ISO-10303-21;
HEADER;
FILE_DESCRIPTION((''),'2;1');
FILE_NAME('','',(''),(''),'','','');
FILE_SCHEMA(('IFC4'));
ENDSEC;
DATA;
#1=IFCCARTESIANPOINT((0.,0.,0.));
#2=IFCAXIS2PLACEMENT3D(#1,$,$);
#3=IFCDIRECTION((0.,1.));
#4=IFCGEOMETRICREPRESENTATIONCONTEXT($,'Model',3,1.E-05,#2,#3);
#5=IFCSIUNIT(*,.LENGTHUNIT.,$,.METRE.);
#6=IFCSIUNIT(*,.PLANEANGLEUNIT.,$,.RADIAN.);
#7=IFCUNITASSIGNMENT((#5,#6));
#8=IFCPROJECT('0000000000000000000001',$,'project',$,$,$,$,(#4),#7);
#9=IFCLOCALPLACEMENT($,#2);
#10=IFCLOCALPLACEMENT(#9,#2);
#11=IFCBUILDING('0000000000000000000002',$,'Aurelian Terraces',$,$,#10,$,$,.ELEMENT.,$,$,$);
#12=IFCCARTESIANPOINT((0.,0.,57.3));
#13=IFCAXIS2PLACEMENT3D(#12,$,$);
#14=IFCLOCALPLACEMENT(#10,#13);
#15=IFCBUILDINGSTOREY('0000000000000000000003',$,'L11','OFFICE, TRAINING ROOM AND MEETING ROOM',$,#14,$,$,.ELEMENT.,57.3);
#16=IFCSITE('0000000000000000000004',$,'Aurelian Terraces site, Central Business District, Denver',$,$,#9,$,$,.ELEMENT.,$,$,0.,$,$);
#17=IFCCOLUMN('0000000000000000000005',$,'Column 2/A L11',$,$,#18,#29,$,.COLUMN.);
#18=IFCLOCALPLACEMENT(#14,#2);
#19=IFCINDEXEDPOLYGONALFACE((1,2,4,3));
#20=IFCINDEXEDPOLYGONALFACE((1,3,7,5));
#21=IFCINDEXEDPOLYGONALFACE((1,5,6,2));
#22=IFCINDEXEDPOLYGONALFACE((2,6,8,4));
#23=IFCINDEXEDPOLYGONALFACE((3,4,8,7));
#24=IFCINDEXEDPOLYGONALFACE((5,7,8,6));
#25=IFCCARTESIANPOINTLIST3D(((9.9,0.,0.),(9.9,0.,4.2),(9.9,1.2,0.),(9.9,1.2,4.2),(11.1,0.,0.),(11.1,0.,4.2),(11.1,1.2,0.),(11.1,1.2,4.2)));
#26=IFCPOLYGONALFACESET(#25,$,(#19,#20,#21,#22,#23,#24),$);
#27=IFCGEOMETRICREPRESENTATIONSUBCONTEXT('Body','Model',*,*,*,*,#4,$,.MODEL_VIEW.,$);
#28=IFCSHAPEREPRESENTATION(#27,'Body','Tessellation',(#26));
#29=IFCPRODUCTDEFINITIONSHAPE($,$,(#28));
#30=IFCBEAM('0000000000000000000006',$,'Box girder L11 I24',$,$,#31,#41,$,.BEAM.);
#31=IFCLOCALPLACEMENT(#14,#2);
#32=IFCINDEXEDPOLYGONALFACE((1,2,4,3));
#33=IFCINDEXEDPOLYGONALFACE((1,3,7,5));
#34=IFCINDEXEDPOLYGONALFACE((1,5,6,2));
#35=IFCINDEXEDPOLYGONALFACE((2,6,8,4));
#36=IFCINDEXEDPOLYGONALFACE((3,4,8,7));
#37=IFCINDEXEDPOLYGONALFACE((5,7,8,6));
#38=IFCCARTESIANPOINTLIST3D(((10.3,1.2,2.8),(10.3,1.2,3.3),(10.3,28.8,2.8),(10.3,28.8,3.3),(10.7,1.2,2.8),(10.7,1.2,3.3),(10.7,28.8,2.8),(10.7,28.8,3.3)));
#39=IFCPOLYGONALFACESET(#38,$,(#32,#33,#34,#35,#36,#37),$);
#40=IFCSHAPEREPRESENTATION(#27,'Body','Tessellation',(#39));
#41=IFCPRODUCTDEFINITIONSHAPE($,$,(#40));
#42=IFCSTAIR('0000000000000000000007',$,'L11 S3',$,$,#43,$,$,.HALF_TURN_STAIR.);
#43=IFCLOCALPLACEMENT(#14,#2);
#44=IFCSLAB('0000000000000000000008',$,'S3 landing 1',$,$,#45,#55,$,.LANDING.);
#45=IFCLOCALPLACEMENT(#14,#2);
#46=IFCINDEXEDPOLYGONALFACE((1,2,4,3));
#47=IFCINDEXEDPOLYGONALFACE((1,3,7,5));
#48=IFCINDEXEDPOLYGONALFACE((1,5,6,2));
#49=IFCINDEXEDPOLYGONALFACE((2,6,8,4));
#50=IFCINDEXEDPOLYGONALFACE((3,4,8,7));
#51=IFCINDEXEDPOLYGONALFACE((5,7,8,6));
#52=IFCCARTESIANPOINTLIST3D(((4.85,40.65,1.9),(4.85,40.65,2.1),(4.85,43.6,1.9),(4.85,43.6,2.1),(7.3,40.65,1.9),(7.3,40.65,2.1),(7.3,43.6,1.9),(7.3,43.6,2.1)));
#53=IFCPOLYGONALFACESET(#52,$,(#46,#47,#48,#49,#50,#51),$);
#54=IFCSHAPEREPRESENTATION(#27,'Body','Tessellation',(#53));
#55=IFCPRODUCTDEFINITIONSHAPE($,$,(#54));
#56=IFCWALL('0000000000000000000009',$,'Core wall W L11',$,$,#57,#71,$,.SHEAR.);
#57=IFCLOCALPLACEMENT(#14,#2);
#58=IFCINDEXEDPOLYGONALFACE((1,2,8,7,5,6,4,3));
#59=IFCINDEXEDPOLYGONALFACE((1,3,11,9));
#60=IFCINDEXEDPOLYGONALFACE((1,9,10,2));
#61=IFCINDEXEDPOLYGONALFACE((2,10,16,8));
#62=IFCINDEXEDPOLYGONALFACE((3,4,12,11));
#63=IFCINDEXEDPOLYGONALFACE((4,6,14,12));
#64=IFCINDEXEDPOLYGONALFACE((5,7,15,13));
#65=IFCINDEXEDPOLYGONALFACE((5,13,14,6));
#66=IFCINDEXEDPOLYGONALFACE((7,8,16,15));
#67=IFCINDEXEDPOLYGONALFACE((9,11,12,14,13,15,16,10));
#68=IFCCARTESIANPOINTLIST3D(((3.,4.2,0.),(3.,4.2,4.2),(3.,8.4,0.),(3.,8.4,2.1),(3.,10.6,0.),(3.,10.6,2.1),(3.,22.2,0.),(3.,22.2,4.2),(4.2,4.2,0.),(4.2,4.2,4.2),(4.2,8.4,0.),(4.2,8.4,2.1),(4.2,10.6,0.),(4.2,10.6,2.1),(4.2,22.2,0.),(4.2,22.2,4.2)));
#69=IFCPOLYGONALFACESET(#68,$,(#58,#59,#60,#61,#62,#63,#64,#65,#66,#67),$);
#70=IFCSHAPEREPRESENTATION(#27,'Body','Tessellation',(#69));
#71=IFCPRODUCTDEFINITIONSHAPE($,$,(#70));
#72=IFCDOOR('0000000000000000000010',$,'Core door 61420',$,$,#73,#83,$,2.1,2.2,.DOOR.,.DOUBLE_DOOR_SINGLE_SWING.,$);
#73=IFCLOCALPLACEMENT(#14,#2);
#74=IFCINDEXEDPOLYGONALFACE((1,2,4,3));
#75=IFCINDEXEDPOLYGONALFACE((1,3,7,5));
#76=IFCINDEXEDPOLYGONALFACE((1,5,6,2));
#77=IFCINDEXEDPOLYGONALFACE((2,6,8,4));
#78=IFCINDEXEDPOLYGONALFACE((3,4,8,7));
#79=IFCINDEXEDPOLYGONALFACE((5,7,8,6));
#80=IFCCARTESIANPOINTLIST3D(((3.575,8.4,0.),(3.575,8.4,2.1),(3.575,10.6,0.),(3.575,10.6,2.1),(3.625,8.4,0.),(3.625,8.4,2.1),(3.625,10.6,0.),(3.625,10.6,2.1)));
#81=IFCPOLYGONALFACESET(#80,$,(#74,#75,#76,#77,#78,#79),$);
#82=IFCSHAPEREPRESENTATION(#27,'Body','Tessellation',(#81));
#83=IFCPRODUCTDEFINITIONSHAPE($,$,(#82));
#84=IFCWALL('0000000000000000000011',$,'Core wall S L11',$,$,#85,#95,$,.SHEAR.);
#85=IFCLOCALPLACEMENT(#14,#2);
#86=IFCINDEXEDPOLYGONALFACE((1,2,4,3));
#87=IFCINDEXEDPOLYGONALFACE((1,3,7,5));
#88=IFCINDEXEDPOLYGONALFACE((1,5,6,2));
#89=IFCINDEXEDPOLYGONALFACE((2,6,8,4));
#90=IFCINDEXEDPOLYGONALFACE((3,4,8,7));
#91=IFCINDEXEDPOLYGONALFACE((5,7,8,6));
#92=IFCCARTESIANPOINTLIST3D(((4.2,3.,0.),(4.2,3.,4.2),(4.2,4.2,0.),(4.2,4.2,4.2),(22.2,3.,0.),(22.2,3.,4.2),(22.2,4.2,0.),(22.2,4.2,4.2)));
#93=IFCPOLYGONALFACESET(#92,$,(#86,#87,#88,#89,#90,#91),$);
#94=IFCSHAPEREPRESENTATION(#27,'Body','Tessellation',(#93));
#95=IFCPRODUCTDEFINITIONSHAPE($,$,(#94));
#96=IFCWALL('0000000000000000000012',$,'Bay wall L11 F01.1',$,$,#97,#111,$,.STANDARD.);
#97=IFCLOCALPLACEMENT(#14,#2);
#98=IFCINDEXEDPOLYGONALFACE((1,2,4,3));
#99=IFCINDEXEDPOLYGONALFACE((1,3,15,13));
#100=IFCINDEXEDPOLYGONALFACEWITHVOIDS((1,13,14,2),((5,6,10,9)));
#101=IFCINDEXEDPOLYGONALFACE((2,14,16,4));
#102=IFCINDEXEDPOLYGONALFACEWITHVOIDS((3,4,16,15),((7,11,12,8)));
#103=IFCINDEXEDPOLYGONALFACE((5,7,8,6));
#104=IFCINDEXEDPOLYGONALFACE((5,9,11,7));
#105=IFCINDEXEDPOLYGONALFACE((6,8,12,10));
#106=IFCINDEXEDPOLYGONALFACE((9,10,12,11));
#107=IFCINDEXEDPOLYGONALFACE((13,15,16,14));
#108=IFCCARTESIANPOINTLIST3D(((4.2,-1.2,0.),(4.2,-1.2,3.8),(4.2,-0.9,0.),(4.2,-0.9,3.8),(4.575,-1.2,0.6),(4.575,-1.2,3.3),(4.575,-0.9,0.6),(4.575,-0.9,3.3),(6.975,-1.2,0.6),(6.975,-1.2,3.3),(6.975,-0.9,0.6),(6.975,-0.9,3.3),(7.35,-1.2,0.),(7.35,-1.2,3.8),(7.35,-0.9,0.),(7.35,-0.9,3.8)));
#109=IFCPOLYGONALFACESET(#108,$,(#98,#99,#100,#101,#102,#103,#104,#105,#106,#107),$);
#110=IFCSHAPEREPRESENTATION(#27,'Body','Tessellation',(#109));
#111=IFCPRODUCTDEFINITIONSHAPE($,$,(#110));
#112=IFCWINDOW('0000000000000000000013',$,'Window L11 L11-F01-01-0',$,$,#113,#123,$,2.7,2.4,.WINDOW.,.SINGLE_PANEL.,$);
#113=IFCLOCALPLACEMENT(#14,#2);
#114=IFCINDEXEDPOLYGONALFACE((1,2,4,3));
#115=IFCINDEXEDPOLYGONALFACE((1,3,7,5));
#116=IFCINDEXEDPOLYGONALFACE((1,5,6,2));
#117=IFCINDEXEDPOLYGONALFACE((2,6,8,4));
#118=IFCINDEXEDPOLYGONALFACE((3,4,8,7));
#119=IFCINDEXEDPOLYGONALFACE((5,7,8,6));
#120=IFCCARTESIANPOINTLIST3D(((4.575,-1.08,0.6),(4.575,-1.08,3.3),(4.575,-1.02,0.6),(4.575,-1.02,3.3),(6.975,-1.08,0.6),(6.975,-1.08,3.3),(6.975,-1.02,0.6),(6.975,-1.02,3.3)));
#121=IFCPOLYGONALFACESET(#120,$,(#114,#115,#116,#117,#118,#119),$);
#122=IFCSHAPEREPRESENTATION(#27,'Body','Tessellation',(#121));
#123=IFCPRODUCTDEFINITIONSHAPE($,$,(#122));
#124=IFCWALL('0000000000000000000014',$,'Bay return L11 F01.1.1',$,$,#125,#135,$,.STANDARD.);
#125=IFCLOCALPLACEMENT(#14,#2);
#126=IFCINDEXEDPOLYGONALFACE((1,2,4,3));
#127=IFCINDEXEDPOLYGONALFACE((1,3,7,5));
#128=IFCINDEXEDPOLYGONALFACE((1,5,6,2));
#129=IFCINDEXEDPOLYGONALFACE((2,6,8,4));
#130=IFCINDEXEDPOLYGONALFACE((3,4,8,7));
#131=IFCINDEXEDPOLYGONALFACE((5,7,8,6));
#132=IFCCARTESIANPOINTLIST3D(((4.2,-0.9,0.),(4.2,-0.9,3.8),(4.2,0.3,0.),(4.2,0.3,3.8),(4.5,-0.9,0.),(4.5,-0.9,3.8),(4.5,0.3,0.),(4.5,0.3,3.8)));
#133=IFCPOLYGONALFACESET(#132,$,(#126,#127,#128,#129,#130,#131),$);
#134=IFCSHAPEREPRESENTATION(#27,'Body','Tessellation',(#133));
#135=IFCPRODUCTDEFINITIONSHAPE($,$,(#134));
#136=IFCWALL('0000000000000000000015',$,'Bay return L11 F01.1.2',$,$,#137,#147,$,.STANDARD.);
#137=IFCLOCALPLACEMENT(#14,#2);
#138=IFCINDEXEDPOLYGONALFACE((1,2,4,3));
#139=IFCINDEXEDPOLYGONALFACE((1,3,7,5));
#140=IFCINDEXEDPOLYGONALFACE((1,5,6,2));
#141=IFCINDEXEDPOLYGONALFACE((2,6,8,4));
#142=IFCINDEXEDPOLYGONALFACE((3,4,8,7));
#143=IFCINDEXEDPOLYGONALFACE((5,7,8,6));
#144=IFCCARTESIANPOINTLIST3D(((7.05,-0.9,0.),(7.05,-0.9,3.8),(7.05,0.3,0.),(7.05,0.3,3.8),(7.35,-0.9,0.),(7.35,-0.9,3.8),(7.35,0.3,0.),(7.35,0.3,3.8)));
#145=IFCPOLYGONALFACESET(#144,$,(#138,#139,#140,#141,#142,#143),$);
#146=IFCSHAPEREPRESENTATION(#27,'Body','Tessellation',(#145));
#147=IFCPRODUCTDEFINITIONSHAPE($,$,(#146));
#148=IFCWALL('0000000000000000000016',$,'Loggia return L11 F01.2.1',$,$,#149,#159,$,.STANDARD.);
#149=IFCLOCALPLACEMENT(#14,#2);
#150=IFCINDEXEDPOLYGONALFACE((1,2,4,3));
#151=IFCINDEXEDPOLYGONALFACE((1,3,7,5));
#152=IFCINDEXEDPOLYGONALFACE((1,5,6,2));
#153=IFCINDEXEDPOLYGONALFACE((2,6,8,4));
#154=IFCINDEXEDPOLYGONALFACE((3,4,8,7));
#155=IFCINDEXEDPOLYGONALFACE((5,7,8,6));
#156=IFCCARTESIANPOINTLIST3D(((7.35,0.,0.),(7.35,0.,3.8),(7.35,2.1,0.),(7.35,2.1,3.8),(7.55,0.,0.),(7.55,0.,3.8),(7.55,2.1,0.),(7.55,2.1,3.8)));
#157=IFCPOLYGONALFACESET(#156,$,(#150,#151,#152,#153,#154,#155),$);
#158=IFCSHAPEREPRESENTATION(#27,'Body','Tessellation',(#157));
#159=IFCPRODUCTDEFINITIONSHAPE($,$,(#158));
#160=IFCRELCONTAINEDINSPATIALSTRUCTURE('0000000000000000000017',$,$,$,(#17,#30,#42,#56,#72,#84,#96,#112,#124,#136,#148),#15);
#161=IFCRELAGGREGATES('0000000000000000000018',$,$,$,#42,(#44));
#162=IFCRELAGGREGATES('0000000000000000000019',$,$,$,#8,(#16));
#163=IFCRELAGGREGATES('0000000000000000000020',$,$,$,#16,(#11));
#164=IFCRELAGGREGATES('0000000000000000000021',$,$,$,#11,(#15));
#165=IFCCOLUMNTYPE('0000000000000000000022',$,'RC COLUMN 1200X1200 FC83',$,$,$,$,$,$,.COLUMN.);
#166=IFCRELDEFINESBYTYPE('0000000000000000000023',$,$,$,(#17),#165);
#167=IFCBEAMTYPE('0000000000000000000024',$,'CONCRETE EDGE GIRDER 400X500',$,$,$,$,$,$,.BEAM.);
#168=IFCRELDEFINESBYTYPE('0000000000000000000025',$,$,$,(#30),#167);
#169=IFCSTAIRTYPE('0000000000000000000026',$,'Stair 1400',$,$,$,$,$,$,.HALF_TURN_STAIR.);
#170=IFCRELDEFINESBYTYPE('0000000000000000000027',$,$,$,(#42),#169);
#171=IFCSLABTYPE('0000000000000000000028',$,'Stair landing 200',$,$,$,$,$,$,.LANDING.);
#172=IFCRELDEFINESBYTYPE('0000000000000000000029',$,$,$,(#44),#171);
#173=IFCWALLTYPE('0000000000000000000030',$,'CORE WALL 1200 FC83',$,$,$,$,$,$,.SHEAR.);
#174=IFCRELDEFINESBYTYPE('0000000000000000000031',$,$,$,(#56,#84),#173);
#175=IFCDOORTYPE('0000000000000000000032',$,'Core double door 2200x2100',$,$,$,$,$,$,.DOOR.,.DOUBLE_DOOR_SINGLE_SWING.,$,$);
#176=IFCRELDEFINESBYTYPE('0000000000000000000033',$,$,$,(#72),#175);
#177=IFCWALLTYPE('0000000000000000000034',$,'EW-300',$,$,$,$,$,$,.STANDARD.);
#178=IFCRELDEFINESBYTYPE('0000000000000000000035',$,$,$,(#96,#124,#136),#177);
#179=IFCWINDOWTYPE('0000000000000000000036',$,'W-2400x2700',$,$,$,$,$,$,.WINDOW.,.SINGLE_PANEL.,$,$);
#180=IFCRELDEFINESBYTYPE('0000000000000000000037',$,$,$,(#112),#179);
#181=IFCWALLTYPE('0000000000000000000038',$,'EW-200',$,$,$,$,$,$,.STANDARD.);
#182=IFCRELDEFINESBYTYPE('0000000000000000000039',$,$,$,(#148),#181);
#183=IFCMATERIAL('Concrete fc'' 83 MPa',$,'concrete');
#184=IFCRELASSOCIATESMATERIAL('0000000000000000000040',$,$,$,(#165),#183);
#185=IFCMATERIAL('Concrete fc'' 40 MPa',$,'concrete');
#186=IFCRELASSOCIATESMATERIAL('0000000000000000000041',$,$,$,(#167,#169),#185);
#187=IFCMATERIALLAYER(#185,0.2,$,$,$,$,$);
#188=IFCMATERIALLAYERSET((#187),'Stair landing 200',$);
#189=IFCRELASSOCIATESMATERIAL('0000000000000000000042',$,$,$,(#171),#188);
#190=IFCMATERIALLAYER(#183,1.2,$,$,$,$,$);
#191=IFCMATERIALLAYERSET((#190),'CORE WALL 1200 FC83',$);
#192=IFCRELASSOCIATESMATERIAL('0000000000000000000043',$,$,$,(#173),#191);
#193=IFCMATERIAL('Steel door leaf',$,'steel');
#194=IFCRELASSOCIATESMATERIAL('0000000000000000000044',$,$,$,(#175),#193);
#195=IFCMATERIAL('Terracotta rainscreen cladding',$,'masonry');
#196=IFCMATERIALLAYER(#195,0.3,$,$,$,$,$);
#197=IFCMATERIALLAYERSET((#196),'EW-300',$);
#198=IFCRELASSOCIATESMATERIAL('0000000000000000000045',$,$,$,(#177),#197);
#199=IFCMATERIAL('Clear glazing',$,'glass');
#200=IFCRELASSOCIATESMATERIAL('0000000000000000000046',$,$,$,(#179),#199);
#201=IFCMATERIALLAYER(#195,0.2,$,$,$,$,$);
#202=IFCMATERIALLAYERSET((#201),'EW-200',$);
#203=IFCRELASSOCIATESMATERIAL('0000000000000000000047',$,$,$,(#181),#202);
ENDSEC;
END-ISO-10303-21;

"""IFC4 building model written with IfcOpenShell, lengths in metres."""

from ifc_helpers import new_model, si_unit, direction, frame, frame_2d, origin, origin_2d, place, context, subcontext, project, spatial, polyline, rectangle, outline, extrude, source, transform, mapped, material, layer, layer_set, material_profile, profile_set, type_object, element, fill, aggregate, save


model = new_model("IFC4")

# Units and contexts
model_context = context("Model", 3, precision=1e-05, world=origin(), true_north=direction((0.0, 1.0)))
body_context = subcontext(model_context, "Body", "Model", "MODEL_VIEW")
ifc_project = project(units=[si_unit("LENGTHUNIT", "METRE"), si_unit("PLANEANGLEUNIT", "RADIAN")], contexts=[model_context])

# Site, building, storey
site_placement = place(None, origin())
site = spatial("IfcSite", under=ifc_project, at=site_placement, Name="Aurelian Terraces site, Central Business District, Denver", CompositionType="ELEMENT", RefElevation=0.0)
building_placement = place(site_placement, origin())
building = spatial("IfcBuilding", under=site, at=building_placement, Name="Aurelian Terraces", CompositionType="ELEMENT")
storey_placement = place(building_placement, frame((0.0, 0.0, 57.3)))
storey = spatial("IfcBuildingStorey", under=building, at=storey_placement, Name="L11", Description="OFFICE, TRAINING ROOM AND MEETING ROOM", CompositionType="ELEMENT", Elevation=57.3)

# Column
ifc_material_1 = material(Name="Concrete fc' 83 MPa", Category="concrete")
ifc_material_profile_1 = material_profile(ifc_material_1, rectangle(XDim=1.2, YDim=1.2, at=origin_2d()))
ifc_profile_set_1 = profile_set([ifc_material_profile_1], Name="Concrete fc' 83 MPa")
column_type = type_object("IfcColumnType", Name="RC COLUMN 1200X1200 FC83", PredefinedType="COLUMN", material=ifc_profile_set_1)
shared_shape_1 = source(origin(), body_context, "Body", "SweptSolid", [
    extrude(rectangle(XDim=1.2, YDim=1.2, at=origin_2d()), origin(), (0.0, 0.0, 1.0), 4.2),
])
column_placement = place(storey_placement, frame((10.5, 0.6, 0.0), z_axis=(0.0, 0.0, 1.0), x_axis=(1.0, 0.0, 0.0)))
element("IfcColumn", 1, at=column_placement, inside=storey, type_object=column_type, Name="Column 2/A L11", PredefinedType="COLUMN", context=body_context, shape_type="MappedRepresentation", body=[
    mapped(shared_shape_1, transform((0.0, 0.0, 0.0), scale=1.0)),
])

# Beam
ifc_material_2 = material(Name="Concrete fc' 40 MPa", Category="concrete")
ifc_material_profile_2 = material_profile(ifc_material_2, rectangle(XDim=0.4, YDim=0.5, at=origin_2d()))
ifc_profile_set_2 = profile_set([ifc_material_profile_2], Name="Concrete fc' 40 MPa")
beam_type = type_object("IfcBeamType", Name="CONCRETE EDGE GIRDER 400X500", PredefinedType="BEAM", material=ifc_profile_set_2)
shared_shape_2 = source(origin(), body_context, "Body", "SweptSolid", [
    extrude(rectangle(XDim=0.4, YDim=0.5, at=origin_2d()), origin(), (0.0, 0.0, 1.0), 27.6),
])
beam_placement = place(storey_placement, frame((10.5, 1.2, 3.05), z_axis=(0.0, 1.0, 0.0), x_axis=(-1.0, 0.0, 0.0)))
element("IfcBeam", 2, at=beam_placement, inside=storey, type_object=beam_type, Name="Box girder L11 I24", PredefinedType="BEAM", context=body_context, shape_type="MappedRepresentation", body=[
    mapped(shared_shape_2, transform((0.0, 0.0, 0.0), scale=1.0)),
])

# Stair, slab
stair_type = type_object("IfcStairType", Name="Stair 1400", PredefinedType="HALF_TURN_STAIR", material=ifc_material_2)
stair_placement = place(storey_placement, origin())
stair = element("IfcStair", 3, at=stair_placement, inside=storey, type_object=stair_type, Name="L11 S3", PredefinedType="HALF_TURN_STAIR")
ifc_layer_1 = layer(ifc_material_2, 0.2)
ifc_layer_set_1 = layer_set([ifc_layer_1], Name="Stair landing 200")
slab_type = type_object("IfcSlabType", Name="Stair landing 200", PredefinedType="LANDING", material=ifc_layer_set_1)
shared_shape_3 = source(origin(), body_context, "Body", "SweptSolid", [
    extrude(outline(polyline([(4.85, 40.65), (7.3, 40.65), (7.3, 43.6), (4.85, 43.6), (4.85, 40.65)])), origin(), (0.0, 0.0, 1.0), 0.2),
])
slab_placement = place(storey_placement, frame((0.0, 0.0, 1.9)))
slab = element("IfcSlab", 4, at=slab_placement, type_object=slab_type, Name="S3 landing 1", PredefinedType="LANDING", context=body_context, shape_type="MappedRepresentation", body=[
    mapped(shared_shape_3, transform((0.0, 0.0, 0.0), scale=1.0)),
])
aggregate(stair, [slab])

# Wall, opening, door
ifc_layer_2 = layer(ifc_material_1, 1.2)
ifc_layer_set_2 = layer_set([ifc_layer_2], Name="CORE WALL 1200 FC83")
wall_type_1 = type_object("IfcWallType", Name="CORE WALL 1200 FC83", PredefinedType="SHEAR", material=ifc_layer_set_2)
shared_shape_4 = source(origin(), body_context, "Body", "SweptSolid", [
    extrude(rectangle(XDim=18.0, YDim=1.2, at=frame_2d((9.0, 0.0))), origin(), (0.0, 0.0, 1.0), 4.2),
])
wall_1_placement = place(storey_placement, frame((3.6, 4.2, 0.0), z_axis=(0.0, 0.0, 1.0), x_axis=(0.0, 1.0, 0.0)))
wall_1 = element("IfcWall", 5, at=wall_1_placement, inside=storey, type_object=wall_type_1, Name="Core wall W L11", PredefinedType="SHEAR", context=body_context, shape_type="MappedRepresentation", body=[
    mapped(shared_shape_4, transform((0.0, 0.0, 0.0), scale=1.0)),
])
shared_shape_5 = source(origin(), body_context, "Body", "SweptSolid", [
    extrude(rectangle(XDim=2.2, YDim=2.1, at=frame_2d((1.1, 1.05))), frame((0.0, 0.61, 0.0), z_axis=(0.0, -1.0, 0.0), x_axis=(1.0, 0.0, 0.0)), (0.0, 0.0, 1.0), 1.22),
])
opening_1_placement = place(wall_1_placement, frame((4.2, 0.0, 0.0)))
opening_1 = element("IfcOpeningElement", 6, at=opening_1_placement, cuts=wall_1, PredefinedType="OPENING", context=body_context, shape_type="MappedRepresentation", body=[
    mapped(shared_shape_5, transform((0.0, 0.0, 0.0), scale=1.0)),
])
ifc_material_3 = material(Name="Steel door leaf", Category="steel")
door_type_1 = type_object("IfcDoorType", Name="Core double door 2200x2100", OperationType="DOUBLE_DOOR_SINGLE_SWING", PredefinedType="DOOR", material=ifc_material_3)
shared_shape_6 = source(origin(), body_context, "Body", "SweptSolid", [
    extrude(rectangle(XDim=2.2, YDim=2.1, at=frame_2d((1.1, 1.05))), frame((0.0, 0.025, 0.0), z_axis=(0.0, -1.0, 0.0), x_axis=(1.0, 0.0, 0.0)), (0.0, 0.0, 1.0), 0.05),
])
door_1_placement = place(opening_1_placement, origin())
door_1 = element("IfcDoor", 7, at=door_1_placement, inside=storey, type_object=door_type_1, Name="Core door 61420", OperationType="DOUBLE_DOOR_SINGLE_SWING", OverallHeight=2.1, OverallWidth=2.2, PredefinedType="DOOR", context=body_context, shape_type="MappedRepresentation", body=[
    mapped(shared_shape_6, transform((0.0, 0.0, 0.0), scale=1.0)),
])
fill(opening_1, door_1)

# Wall
wall_2_placement = place(storey_placement, frame((4.2, 3.6, 0.0), z_axis=(0.0, 0.0, 1.0), x_axis=(1.0, 0.0, 0.0)))
element("IfcWall", 8, at=wall_2_placement, inside=storey, type_object=wall_type_1, Name="Core wall S L11", PredefinedType="SHEAR", context=body_context, shape_type="MappedRepresentation", body=[
    mapped(shared_shape_4, transform((0.0, 0.0, 0.0), scale=1.0)),
])

# Wall, opening, window
ifc_material_4 = material(Name="Terracotta rainscreen cladding", Category="masonry")
ifc_layer_3 = layer(ifc_material_4, 0.3)
ifc_layer_set_3 = layer_set([ifc_layer_3], Name="EW-300")
wall_type_2 = type_object("IfcWallType", Name="EW-300", PredefinedType="STANDARD", material=ifc_layer_set_3)
shared_shape_7 = source(origin(), body_context, "Body", "SweptSolid", [
    extrude(rectangle(XDim=3.15, YDim=0.3, at=frame_2d((1.575, 0.0))), origin(), (0.0, 0.0, 1.0), 3.8),
])
wall_3_placement = place(storey_placement, frame((4.2, -1.05, 0.0), z_axis=(0.0, 0.0, 1.0), x_axis=(1.0, 0.0, 0.0)))
wall_3 = element("IfcWall", 9, at=wall_3_placement, inside=storey, type_object=wall_type_2, Name="Bay wall L11 F01.1", PredefinedType="STANDARD", context=body_context, shape_type="MappedRepresentation", body=[
    mapped(shared_shape_7, transform((0.0, 0.0, 0.0), scale=1.0)),
])
shared_shape_8 = source(origin(), body_context, "Body", "SweptSolid", [
    extrude(rectangle(XDim=2.4, YDim=2.7, at=frame_2d((1.2, 1.35))), frame((0.0, 0.16, 0.0), z_axis=(0.0, -1.0, 0.0), x_axis=(1.0, 0.0, 0.0)), (0.0, 0.0, 1.0), 0.32),
])
opening_2_placement = place(wall_3_placement, frame((0.375, 0.0, 0.6)))
opening_2 = element("IfcOpeningElement", 10, at=opening_2_placement, cuts=wall_3, PredefinedType="OPENING", context=body_context, shape_type="MappedRepresentation", body=[
    mapped(shared_shape_8, transform((0.0, 0.0, 0.0), scale=1.0)),
])
ifc_material_5 = material(Name="Clear glazing", Category="glass")
window_type_1 = type_object("IfcWindowType", Name="W-2400x2700", PartitioningType="SINGLE_PANEL", PredefinedType="WINDOW", material=ifc_material_5)
shared_shape_9 = source(origin(), body_context, "Body", "SweptSolid", [
    extrude(rectangle(XDim=2.4, YDim=2.7, at=frame_2d((1.2, 1.35))), frame((0.0, 0.03, 0.0), z_axis=(0.0, -1.0, 0.0), x_axis=(1.0, 0.0, 0.0)), (0.0, 0.0, 1.0), 0.06),
])
window_1_placement = place(opening_2_placement, origin())
window_1 = element("IfcWindow", 11, at=window_1_placement, inside=storey, type_object=window_type_1, Name="Window L11 L11-F01-01-0", OverallHeight=2.7, OverallWidth=2.4, PartitioningType="SINGLE_PANEL", PredefinedType="WINDOW", context=body_context, shape_type="MappedRepresentation", body=[
    mapped(shared_shape_9, transform((0.0, 0.0, 0.0), scale=1.0)),
])
fill(opening_2, window_1)

# Walls
shared_shape_10 = source(origin(), body_context, "Body", "SweptSolid", [
    extrude(rectangle(XDim=1.2, YDim=0.3, at=frame_2d((0.6, 0.0))), origin(), (0.0, 0.0, 1.0), 3.8),
])
for number, where, z_axis, x_axis, name in (
    (12, (4.35, 0.3, 0.0), (0.0, 0.0, 1.0), (0.0, -1.0, 0.0), "Bay return L11 F01.1.1"),
    (13, (7.2, 0.3, 0.0), (0.0, 0.0, 1.0), (0.0, -1.0, 0.0), "Bay return L11 F01.1.2"),
):
    element("IfcWall", number, at=place(storey_placement, frame(where, z_axis=z_axis, x_axis=x_axis)), inside=storey, type_object=wall_type_2, Name=name, PredefinedType="STANDARD", context=body_context, shape_type="MappedRepresentation", body=[
        mapped(shared_shape_10, transform((0.0, 0.0, 0.0), scale=1.0)),
    ])
ifc_layer_4 = layer(ifc_material_4, 0.2)
ifc_layer_set_4 = layer_set([ifc_layer_4], Name="EW-200")
wall_type_3 = type_object("IfcWallType", Name="EW-200", PredefinedType="STANDARD", material=ifc_layer_set_4)
shared_shape_11 = source(origin(), body_context, "Body", "SweptSolid", [
    extrude(rectangle(XDim=2.1, YDim=0.2, at=frame_2d((1.05, 0.0))), origin(), (0.0, 0.0, 1.0), 3.8),
])
for number, where, z_axis, x_axis, name in (
    (14, (7.45, 0.0, 0.0), (0.0, 0.0, 1.0), (0.0, 1.0, 0.0), "Loggia return L11 F01.2.1"),
):
    element("IfcWall", number, at=place(storey_placement, frame(where, z_axis=z_axis, x_axis=x_axis)), inside=storey, type_object=wall_type_3, Name=name, PredefinedType="STANDARD", context=body_context, shape_type="MappedRepresentation", body=[
        mapped(shared_shape_11, transform((0.0, 0.0, 0.0), scale=1.0)),
    ])

save(model, "model.ifc")
